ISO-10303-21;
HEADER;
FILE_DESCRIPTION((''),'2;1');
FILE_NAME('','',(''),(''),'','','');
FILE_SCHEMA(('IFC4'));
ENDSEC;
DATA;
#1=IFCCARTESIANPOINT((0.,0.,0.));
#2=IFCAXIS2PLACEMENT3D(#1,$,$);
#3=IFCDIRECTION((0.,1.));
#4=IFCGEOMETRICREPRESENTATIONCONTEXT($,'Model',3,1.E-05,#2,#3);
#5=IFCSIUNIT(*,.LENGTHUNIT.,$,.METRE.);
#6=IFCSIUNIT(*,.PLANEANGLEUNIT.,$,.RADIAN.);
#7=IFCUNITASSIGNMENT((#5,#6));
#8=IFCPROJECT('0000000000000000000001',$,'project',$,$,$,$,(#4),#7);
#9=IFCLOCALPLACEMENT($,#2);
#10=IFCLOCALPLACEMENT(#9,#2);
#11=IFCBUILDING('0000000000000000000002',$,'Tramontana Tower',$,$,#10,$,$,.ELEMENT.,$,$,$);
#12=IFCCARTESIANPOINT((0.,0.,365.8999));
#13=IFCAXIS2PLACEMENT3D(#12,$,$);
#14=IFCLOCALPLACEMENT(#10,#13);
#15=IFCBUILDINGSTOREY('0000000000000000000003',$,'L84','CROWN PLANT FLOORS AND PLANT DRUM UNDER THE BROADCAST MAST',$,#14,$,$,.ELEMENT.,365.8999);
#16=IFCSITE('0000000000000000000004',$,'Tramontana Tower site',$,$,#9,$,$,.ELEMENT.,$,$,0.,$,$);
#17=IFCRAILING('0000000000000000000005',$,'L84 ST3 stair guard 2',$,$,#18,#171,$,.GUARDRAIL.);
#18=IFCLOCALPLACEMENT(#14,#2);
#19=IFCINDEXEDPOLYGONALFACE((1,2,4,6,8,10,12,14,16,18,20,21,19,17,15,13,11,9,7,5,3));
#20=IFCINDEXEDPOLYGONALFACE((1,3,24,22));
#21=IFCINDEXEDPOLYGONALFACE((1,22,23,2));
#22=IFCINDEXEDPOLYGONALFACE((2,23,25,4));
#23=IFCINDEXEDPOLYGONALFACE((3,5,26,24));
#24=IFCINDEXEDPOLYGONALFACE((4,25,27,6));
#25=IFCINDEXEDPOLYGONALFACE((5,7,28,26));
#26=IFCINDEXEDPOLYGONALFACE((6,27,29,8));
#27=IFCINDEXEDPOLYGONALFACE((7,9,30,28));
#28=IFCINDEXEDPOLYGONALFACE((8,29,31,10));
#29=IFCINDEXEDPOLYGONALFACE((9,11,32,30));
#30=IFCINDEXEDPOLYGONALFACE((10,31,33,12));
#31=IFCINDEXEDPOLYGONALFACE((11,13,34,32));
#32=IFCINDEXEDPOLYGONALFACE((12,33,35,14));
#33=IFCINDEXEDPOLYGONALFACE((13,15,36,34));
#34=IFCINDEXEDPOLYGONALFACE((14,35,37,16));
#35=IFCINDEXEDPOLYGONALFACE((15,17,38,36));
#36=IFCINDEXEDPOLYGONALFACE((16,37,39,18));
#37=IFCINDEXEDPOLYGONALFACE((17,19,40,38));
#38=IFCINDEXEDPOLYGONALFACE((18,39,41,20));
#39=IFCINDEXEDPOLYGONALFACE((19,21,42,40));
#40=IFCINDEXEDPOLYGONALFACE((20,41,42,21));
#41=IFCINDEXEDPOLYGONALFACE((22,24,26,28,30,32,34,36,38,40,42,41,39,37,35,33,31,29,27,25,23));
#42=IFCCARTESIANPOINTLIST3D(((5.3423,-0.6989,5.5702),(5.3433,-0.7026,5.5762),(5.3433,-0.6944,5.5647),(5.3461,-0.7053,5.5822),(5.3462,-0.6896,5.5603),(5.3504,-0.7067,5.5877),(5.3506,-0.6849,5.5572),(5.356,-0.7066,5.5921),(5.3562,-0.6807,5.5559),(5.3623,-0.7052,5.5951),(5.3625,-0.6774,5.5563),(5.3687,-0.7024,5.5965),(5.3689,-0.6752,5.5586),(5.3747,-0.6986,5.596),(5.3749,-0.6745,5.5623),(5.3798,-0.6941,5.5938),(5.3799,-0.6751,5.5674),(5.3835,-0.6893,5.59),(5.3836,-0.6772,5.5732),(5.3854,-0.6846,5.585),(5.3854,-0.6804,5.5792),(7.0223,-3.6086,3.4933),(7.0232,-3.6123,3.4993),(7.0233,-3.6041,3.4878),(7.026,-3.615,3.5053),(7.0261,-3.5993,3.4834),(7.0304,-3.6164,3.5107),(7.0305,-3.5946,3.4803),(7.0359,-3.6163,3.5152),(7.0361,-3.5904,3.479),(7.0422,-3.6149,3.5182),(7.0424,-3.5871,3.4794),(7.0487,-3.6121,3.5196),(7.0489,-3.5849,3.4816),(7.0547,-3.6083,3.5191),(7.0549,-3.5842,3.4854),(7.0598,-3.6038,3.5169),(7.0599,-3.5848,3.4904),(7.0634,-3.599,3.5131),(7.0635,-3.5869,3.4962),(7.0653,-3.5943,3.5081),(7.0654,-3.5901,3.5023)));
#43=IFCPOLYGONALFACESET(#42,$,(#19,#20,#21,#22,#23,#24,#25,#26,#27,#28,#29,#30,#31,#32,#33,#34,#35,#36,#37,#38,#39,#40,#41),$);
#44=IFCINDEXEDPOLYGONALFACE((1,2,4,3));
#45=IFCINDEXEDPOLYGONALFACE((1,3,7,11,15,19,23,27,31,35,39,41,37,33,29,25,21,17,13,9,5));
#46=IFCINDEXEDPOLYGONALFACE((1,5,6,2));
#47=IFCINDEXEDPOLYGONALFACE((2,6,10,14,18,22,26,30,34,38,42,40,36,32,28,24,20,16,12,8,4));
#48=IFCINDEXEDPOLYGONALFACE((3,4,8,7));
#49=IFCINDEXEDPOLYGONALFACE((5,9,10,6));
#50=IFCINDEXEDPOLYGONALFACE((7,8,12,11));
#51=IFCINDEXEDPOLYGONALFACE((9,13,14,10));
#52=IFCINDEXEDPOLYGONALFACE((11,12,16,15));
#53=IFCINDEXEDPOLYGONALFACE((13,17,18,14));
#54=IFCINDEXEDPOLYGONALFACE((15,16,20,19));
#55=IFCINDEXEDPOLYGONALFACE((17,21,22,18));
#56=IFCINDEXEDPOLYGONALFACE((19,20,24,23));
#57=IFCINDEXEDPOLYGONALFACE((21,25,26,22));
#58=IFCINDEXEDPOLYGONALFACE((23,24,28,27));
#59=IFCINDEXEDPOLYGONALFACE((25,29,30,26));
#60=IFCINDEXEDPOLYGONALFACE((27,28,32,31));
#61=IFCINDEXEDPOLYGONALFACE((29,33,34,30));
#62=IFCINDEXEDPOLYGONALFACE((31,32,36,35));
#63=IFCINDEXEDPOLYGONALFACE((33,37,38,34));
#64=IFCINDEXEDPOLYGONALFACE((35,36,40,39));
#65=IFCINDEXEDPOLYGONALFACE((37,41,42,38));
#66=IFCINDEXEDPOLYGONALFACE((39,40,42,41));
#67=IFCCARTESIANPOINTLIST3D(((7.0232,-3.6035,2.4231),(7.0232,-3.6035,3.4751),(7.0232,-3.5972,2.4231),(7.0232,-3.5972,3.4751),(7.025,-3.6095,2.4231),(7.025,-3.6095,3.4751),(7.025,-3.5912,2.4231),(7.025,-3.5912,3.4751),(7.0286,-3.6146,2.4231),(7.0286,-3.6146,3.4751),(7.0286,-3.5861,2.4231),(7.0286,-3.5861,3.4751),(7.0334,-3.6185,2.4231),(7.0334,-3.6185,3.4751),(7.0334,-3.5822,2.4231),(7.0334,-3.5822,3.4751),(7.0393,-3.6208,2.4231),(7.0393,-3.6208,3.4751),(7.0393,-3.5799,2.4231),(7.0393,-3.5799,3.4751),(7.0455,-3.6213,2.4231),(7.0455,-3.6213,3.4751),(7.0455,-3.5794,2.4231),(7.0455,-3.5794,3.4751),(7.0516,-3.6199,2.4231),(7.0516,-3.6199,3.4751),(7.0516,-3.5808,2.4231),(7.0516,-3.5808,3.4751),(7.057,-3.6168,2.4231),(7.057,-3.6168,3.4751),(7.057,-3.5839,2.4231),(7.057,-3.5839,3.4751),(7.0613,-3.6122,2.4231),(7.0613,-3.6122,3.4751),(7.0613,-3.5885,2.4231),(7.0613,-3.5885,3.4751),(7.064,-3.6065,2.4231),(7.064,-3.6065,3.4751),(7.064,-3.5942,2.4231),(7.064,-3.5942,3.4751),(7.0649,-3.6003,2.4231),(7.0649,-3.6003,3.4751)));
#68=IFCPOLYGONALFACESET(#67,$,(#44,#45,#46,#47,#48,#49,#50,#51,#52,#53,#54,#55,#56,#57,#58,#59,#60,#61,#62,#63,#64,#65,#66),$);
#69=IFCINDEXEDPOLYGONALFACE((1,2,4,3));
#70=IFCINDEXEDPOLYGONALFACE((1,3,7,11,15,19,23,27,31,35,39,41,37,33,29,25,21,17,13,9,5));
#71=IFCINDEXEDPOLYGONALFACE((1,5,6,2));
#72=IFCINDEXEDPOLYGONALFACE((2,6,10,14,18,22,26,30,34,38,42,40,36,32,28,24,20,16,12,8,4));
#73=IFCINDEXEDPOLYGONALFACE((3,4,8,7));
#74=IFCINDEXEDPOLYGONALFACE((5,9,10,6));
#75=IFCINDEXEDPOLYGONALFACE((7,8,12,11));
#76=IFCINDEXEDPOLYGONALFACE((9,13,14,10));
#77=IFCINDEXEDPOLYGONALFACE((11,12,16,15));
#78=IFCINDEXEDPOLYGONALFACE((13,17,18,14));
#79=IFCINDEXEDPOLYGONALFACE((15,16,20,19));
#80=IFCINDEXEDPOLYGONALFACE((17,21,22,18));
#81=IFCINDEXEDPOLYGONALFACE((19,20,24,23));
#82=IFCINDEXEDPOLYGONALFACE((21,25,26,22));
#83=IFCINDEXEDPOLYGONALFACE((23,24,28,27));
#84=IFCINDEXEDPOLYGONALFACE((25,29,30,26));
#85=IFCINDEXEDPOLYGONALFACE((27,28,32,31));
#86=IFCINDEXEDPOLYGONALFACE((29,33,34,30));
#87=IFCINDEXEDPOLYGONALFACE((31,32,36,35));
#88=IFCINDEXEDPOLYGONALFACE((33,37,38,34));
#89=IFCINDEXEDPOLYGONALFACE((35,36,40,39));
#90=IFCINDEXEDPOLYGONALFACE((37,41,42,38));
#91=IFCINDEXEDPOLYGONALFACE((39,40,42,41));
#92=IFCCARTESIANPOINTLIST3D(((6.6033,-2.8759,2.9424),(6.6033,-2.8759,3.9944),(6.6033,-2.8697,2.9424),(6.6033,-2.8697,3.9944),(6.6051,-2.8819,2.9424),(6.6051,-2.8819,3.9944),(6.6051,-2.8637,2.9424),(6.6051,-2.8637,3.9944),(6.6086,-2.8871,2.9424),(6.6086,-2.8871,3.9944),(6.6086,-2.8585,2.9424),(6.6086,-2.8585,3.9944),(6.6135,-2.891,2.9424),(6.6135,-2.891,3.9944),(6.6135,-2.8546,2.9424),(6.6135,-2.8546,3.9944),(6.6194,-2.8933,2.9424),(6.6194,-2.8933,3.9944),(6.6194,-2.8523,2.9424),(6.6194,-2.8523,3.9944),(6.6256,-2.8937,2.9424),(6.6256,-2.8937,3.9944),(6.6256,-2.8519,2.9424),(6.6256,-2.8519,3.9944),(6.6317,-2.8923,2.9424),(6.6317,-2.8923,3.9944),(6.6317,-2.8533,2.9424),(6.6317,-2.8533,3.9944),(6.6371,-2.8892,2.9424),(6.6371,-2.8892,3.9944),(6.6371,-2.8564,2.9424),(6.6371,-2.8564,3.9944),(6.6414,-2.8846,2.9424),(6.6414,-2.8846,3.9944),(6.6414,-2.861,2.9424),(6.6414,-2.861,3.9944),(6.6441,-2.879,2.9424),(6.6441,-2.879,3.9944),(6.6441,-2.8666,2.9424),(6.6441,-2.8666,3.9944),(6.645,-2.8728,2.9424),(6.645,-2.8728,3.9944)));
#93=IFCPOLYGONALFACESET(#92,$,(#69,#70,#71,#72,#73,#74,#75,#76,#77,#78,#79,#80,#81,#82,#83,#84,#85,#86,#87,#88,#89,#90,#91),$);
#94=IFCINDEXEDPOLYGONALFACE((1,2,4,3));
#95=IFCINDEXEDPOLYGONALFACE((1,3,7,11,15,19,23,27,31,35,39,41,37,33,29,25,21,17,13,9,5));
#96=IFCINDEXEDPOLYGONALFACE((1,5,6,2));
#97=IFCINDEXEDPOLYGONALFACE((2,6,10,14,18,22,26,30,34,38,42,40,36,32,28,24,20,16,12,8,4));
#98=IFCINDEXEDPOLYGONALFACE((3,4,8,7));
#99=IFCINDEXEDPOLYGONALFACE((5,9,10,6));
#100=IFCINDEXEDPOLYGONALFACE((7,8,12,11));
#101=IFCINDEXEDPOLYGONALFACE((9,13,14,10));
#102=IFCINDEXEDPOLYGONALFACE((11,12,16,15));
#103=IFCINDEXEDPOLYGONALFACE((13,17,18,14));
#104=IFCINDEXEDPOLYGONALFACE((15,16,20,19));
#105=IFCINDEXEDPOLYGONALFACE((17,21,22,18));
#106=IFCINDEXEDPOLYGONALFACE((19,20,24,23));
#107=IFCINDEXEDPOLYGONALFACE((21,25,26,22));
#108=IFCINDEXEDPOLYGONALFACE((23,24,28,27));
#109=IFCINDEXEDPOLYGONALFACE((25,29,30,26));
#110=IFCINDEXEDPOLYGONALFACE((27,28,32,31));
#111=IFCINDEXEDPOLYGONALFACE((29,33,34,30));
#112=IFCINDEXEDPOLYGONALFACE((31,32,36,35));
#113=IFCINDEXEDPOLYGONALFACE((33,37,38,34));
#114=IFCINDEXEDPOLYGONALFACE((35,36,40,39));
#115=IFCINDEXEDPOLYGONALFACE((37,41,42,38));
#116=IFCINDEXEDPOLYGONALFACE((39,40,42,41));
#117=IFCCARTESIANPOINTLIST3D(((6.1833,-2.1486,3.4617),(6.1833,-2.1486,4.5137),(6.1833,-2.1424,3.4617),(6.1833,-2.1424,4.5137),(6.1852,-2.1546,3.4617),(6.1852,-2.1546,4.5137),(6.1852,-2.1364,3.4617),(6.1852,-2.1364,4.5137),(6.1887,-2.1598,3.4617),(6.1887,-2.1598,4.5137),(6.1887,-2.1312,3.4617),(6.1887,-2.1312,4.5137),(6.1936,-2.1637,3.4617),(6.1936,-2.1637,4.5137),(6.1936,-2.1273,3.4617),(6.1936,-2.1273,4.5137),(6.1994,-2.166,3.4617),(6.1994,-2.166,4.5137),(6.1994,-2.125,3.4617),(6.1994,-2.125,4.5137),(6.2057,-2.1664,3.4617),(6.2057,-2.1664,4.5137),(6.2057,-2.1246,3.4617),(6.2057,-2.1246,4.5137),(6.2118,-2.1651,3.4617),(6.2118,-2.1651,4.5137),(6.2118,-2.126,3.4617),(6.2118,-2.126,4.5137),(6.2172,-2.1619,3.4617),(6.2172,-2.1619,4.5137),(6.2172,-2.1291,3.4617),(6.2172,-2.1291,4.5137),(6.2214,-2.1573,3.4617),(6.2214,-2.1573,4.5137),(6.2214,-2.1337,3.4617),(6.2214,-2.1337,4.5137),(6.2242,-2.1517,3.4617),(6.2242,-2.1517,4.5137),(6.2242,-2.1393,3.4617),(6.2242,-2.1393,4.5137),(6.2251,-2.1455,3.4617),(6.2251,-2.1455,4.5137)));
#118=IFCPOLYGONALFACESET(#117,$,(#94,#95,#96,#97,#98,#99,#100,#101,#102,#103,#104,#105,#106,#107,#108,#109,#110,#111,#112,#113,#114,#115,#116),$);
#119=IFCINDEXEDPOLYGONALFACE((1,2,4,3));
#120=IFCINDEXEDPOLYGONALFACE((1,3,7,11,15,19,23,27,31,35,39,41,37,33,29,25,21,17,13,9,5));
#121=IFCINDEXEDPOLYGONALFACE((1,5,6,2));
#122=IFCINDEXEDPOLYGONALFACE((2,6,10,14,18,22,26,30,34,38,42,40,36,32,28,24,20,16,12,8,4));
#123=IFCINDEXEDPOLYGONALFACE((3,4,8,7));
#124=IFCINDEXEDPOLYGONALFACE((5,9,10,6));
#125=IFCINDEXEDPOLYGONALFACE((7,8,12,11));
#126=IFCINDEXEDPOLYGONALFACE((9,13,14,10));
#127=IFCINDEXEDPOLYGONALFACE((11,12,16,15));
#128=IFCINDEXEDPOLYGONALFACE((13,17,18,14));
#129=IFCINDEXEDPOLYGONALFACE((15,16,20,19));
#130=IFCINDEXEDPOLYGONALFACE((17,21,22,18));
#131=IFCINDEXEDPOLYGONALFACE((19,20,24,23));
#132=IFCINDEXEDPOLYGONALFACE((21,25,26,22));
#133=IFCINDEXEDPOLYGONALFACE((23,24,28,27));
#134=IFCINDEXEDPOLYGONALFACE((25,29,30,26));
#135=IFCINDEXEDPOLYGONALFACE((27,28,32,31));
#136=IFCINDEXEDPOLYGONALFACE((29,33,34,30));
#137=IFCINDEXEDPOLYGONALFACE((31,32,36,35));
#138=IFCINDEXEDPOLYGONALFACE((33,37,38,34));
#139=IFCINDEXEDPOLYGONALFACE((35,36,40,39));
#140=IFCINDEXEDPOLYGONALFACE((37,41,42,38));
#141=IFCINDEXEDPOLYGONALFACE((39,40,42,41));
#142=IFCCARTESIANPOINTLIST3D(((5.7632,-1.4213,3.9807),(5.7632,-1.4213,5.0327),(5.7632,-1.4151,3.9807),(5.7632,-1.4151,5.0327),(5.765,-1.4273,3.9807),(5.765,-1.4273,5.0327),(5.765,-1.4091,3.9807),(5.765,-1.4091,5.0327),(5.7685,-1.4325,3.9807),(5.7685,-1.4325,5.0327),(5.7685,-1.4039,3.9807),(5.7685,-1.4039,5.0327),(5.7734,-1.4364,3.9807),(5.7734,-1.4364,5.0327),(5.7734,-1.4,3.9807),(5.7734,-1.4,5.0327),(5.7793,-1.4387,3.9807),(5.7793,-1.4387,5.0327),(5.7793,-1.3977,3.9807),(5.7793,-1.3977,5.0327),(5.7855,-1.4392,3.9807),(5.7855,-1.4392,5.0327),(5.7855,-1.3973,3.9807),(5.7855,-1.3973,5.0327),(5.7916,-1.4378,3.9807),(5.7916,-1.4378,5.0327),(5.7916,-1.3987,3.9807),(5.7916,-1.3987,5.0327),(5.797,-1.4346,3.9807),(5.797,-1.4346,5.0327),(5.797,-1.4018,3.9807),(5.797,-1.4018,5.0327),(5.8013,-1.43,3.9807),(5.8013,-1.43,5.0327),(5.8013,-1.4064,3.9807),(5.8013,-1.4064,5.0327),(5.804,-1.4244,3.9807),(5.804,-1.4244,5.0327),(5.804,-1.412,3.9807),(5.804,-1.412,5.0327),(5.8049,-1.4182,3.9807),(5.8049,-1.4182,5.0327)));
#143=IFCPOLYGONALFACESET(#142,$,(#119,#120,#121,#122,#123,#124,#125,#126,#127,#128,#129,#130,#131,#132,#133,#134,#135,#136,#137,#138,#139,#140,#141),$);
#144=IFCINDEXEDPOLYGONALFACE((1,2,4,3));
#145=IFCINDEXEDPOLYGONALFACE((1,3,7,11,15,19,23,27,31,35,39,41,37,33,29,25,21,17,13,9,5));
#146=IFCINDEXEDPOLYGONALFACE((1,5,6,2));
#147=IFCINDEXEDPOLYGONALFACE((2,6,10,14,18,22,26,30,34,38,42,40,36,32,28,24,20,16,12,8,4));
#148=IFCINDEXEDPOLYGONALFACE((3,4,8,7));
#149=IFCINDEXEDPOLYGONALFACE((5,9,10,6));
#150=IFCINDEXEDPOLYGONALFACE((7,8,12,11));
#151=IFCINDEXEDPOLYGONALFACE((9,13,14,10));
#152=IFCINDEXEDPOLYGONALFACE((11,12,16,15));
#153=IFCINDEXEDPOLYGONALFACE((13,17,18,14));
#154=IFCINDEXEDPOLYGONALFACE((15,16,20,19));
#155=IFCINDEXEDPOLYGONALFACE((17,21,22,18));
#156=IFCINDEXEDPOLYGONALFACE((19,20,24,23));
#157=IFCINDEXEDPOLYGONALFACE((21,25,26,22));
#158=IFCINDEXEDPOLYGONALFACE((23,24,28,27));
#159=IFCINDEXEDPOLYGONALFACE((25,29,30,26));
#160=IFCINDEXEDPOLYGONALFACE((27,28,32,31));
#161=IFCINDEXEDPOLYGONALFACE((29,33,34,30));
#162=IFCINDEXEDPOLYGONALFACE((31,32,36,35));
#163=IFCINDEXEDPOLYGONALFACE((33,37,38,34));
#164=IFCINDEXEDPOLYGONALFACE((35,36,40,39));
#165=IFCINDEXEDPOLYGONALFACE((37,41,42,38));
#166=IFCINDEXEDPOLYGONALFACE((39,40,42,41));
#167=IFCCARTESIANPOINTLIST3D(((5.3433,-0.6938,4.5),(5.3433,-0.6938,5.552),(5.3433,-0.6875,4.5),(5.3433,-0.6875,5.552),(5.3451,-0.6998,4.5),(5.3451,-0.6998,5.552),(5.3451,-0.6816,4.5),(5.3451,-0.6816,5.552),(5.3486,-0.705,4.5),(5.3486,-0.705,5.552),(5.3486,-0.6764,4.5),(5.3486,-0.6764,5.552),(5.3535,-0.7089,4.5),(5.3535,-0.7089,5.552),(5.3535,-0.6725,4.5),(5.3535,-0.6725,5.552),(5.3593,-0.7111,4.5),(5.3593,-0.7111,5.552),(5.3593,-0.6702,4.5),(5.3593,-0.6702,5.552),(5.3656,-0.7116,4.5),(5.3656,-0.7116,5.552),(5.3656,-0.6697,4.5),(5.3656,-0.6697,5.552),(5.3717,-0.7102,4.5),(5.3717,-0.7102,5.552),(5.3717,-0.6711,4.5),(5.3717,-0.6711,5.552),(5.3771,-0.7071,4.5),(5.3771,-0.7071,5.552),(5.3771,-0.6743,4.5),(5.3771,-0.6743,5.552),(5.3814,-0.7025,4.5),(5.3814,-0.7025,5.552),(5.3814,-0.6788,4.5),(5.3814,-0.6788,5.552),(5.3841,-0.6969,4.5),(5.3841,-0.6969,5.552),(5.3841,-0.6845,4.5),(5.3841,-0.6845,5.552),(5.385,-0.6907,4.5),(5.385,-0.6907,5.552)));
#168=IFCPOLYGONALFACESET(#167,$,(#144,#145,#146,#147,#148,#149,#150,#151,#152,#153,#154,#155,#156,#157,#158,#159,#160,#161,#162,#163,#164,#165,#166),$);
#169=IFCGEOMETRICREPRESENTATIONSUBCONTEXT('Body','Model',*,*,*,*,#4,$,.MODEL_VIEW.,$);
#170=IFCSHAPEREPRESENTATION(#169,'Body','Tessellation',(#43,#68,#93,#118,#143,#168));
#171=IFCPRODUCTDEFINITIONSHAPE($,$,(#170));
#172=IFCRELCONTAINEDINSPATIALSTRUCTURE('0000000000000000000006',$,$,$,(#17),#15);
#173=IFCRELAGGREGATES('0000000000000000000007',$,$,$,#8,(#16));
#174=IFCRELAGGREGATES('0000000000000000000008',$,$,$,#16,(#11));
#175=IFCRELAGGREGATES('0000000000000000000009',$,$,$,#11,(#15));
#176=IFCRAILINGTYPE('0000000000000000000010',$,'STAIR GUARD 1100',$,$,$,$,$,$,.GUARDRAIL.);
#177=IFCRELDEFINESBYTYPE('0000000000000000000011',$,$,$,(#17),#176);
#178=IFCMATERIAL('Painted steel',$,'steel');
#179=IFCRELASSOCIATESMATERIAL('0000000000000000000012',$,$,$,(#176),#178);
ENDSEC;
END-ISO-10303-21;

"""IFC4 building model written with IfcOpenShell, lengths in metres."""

from ifc_helpers import new_model, si_unit, direction, frame, origin, origin_2d, place, context, subcontext, project, spatial, circle, extrude, material, type_object, element, save


model = new_model("IFC4")

# Units and contexts
model_context = context("Model", 3, precision=1e-05, world=origin(), true_north=direction((0.0, 1.0)))
body_context = subcontext(model_context, "Body", "Model", "MODEL_VIEW")
ifc_project = project(units=[si_unit("LENGTHUNIT", "METRE"), si_unit("PLANEANGLEUNIT", "RADIAN")], contexts=[model_context])

# Site, building, storey
site_placement = place(None, origin())
site = spatial("IfcSite", under=ifc_project, at=site_placement, Name="Tramontana Tower site", CompositionType="ELEMENT", RefElevation=0.0)
building_placement = place(site_placement, origin())
building = spatial("IfcBuilding", under=site, at=building_placement, Name="Tramontana Tower", CompositionType="ELEMENT")
storey_placement = place(building_placement, frame((0.0, 0.0, 365.8999)))
storey = spatial("IfcBuildingStorey", under=building, at=storey_placement, Name="L84", Description="CROWN PLANT FLOORS AND PLANT DRUM UNDER THE BROADCAST MAST", CompositionType="ELEMENT", Elevation=365.8999)

# Railing
ifc_material_1 = material(Name="Painted steel", Category="steel")
railing_type_1 = type_object("IfcRailingType", Name="STAIR GUARD 1100", PredefinedType="GUARDRAIL", material=ifc_material_1)
railing_1_placement = place(storey_placement, frame((7.0439, -3.6003, 2.4231)))
element("IfcRailing", 1, at=railing_1_placement, inside=storey, type_object=railing_type_1, Name="L84 ST3 stair guard 2", PredefinedType="GUARDRAIL", context=body_context, shape_type="SweptSolid", body=[
    extrude(circle(Radius=0.0239, at=origin_2d()), frame((0.0, 0.0, 1.0762), z_axis=(-0.425308, 0.73664, 0.525809), x_axis=(-0.866021, -0.500008, 0.0)), (0.0, 0.0, 1.0), 3.95),
    extrude(circle(Radius=0.021, at=origin_2d()), origin(), (0.0, 0.0, 1.0), 1.052),
    extrude(circle(Radius=0.021, at=origin_2d()), frame((-0.4199, 0.7275, 0.5193)), (0.0, 0.0, 1.0), 1.052),
    extrude(circle(Radius=0.021, at=origin_2d()), frame((-0.8398, 1.4548, 1.0386)), (0.0, 0.0, 1.0), 1.052),
    extrude(circle(Radius=0.021, at=origin_2d()), frame((-1.26, 2.1821, 1.5576)), (0.0, 0.0, 1.0), 1.052),
    extrude(circle(Radius=0.021, at=origin_2d()), frame((-1.6799, 2.9097, 2.0769)), (0.0, 0.0, 1.0), 1.052),
])

save(model, "model.ifc")
